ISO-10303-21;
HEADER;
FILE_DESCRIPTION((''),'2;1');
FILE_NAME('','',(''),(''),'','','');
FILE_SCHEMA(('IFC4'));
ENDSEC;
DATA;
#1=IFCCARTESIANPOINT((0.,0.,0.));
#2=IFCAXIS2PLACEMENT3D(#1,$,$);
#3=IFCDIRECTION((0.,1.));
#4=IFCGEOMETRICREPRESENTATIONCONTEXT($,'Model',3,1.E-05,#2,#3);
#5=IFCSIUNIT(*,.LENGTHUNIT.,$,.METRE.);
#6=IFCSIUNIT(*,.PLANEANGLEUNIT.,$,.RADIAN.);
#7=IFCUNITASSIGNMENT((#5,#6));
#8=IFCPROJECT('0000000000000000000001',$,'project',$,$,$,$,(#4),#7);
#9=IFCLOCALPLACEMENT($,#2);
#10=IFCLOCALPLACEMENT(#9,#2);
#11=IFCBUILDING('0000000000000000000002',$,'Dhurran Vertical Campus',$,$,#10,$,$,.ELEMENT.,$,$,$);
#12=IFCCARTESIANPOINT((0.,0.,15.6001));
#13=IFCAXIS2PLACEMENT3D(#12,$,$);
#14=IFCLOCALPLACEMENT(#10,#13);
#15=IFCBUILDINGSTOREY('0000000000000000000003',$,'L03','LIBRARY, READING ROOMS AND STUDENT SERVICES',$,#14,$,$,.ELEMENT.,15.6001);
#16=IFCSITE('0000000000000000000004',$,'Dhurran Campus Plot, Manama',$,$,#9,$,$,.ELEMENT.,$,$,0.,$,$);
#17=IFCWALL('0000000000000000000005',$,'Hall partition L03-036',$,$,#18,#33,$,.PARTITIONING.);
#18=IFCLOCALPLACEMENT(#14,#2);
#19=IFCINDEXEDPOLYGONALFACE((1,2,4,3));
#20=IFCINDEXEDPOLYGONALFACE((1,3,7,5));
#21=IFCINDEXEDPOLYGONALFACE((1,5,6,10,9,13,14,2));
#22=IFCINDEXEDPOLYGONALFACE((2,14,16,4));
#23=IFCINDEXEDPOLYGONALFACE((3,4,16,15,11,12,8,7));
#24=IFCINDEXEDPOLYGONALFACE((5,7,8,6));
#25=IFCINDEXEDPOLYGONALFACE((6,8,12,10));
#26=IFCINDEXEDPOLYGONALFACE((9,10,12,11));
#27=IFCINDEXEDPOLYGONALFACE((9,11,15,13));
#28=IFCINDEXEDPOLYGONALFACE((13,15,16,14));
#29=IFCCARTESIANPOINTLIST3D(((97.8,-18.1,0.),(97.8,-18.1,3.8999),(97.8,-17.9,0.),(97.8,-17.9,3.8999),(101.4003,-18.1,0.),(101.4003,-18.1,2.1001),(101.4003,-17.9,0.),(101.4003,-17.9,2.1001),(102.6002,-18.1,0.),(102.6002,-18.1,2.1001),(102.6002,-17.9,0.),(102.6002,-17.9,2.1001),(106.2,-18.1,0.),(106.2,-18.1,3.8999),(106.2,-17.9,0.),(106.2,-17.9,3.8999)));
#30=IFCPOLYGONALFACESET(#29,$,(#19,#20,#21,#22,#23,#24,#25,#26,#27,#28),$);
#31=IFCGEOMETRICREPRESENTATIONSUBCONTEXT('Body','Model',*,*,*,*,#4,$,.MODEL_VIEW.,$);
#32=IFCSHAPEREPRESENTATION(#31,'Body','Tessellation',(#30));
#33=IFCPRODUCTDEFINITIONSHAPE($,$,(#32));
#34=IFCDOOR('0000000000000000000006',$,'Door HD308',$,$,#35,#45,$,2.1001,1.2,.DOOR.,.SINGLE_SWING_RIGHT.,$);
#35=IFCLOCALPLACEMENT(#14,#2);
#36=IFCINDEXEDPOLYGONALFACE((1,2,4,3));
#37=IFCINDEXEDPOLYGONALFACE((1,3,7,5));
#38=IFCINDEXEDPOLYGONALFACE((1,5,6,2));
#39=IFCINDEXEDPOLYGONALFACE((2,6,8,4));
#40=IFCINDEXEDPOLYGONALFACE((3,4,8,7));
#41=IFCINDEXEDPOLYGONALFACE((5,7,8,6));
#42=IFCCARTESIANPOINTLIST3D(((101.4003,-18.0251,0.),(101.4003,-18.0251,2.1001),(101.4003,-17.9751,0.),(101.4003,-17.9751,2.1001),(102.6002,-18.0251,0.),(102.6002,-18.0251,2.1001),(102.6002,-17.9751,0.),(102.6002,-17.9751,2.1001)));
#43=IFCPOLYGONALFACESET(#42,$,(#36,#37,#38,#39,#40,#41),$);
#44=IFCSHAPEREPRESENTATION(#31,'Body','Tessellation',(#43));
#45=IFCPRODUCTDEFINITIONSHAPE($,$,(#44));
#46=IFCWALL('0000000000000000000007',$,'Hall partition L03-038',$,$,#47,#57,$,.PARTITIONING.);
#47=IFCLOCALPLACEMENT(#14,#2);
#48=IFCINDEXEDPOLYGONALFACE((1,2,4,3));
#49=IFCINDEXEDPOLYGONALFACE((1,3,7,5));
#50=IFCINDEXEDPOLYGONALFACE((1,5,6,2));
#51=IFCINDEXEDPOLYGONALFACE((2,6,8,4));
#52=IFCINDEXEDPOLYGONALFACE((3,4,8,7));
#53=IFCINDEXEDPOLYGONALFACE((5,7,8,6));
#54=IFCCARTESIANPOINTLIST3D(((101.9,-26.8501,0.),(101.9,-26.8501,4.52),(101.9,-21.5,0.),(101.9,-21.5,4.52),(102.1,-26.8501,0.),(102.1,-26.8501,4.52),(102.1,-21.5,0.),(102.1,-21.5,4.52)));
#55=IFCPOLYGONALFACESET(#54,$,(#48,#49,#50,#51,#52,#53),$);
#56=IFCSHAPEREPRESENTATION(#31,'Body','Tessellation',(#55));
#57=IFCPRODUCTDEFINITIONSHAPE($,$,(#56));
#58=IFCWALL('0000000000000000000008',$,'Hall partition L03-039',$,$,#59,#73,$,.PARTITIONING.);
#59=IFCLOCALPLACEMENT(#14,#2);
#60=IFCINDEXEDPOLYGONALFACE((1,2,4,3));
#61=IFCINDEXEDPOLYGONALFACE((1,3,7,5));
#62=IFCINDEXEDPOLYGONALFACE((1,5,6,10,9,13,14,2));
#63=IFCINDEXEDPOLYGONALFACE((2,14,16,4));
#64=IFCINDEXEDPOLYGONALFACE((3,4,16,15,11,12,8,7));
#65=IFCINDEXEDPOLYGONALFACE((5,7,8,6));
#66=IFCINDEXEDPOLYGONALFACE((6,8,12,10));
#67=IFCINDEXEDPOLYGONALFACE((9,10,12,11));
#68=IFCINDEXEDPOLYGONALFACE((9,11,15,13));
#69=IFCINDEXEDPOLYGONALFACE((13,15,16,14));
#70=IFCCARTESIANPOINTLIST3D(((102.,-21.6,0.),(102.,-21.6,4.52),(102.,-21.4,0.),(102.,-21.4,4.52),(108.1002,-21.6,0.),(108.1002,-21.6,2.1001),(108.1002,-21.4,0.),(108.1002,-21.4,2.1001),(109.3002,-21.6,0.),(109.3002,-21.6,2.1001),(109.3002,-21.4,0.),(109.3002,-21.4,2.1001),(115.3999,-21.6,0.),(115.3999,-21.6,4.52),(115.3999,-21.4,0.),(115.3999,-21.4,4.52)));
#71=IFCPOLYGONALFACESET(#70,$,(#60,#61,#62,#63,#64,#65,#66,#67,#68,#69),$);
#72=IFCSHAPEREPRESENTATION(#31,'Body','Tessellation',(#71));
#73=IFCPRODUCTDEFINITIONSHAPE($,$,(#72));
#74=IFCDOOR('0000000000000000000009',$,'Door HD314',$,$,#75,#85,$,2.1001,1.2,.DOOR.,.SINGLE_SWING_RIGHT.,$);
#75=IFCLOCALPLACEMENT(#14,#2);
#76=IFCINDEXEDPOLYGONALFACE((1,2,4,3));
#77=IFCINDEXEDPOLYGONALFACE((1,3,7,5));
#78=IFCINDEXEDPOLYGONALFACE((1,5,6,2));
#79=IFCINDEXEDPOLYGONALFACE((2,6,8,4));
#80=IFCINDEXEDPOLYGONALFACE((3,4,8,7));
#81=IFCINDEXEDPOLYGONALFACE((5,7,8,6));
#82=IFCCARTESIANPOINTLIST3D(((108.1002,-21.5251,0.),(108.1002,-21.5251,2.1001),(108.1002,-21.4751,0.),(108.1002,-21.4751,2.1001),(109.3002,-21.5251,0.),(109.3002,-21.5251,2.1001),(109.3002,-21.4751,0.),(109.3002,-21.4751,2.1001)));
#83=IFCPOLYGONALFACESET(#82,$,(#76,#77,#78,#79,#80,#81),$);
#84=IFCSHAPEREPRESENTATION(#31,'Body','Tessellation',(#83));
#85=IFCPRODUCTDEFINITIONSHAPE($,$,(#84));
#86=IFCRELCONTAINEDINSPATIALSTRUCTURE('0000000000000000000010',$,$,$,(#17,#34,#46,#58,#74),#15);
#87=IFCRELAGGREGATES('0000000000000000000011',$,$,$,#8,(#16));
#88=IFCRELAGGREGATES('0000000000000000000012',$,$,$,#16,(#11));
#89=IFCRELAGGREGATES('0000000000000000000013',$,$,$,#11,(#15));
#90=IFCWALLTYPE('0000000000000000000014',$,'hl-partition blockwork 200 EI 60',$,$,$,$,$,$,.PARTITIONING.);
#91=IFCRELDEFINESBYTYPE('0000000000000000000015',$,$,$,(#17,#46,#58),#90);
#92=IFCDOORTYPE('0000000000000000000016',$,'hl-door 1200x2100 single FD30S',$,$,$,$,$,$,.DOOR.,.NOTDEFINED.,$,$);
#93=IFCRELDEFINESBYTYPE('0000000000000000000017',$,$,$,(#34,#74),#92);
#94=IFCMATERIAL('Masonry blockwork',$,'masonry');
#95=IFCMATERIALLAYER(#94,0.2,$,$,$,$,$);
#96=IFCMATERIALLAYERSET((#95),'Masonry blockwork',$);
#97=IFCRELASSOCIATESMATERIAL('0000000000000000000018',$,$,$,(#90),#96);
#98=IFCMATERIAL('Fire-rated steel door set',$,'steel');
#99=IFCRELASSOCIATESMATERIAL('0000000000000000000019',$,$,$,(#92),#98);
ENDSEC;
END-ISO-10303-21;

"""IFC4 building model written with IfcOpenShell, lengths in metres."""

from ifc_helpers import new_model, si_unit, direction, frame, frame_2d, origin, place, context, subcontext, project, spatial, rectangle, extrude, material, layer, layer_set, type_object, element, fill, save


model = new_model("IFC4")

# Units and contexts
model_context = context("Model", 3, precision=1e-05, world=origin(), true_north=direction((0.0, 1.0)))
body_context = subcontext(model_context, "Body", "Model", "MODEL_VIEW")
ifc_project = project(units=[si_unit("LENGTHUNIT", "METRE"), si_unit("PLANEANGLEUNIT", "RADIAN")], contexts=[model_context])

# Site, building, storey
site_placement = place(None, origin())
site = spatial("IfcSite", under=ifc_project, at=site_placement, Name="Dhurran Campus Plot, Manama", CompositionType="ELEMENT", RefElevation=0.0)
building_placement = place(site_placement, origin())
building = spatial("IfcBuilding", under=site, at=building_placement, Name="Dhurran Vertical Campus", CompositionType="ELEMENT")
storey_placement = place(building_placement, frame((0.0, 0.0, 15.6001)))
storey = spatial("IfcBuildingStorey", under=building, at=storey_placement, Name="L03", Description="LIBRARY, READING ROOMS AND STUDENT SERVICES", CompositionType="ELEMENT", Elevation=15.6001)

# Shared definitions
ifc_material_1 = material(Name="Masonry blockwork", Category="masonry")
ifc_layer_1 = layer(ifc_material_1, 0.2)
ifc_layer_set_1 = layer_set([ifc_layer_1], Name="Masonry blockwork")
wall_type_1 = type_object("IfcWallType", Name="hl-partition blockwork 200 EI 60", PredefinedType="PARTITIONING", material=ifc_layer_set_1)

# Wall, opening, door
wall_1_placement = place(storey_placement, frame((97.8, -18.0, 0.0), z_axis=(0.0, 0.0, 1.0), x_axis=(1.0, 0.0, 0.0)))
wall_1 = element("IfcWall", 1, at=wall_1_placement, inside=storey, type_object=wall_type_1, Name="Hall partition L03-036", PredefinedType="PARTITIONING", context=body_context, shape_type="SweptSolid", body=[
    extrude(rectangle(XDim=8.3999, YDim=0.2, at=frame_2d((4.2, 0.0))), origin(), (0.0, 0.0, 1.0), 3.8999),
])
opening_1_placement = place(wall_1_placement, frame((3.6001, 0.0, 0.0)))
opening_1 = element("IfcOpeningElement", 2, at=opening_1_placement, cuts=wall_1, PredefinedType="OPENING", context=body_context, shape_type="SweptSolid", body=[
    extrude(rectangle(XDim=1.2, YDim=2.1001, at=frame_2d((0.6001, 1.05))), frame((0.0, 0.1099, 0.0), z_axis=(0.0, -1.0, 0.0), x_axis=(1.0, 0.0, 0.0)), (0.0, 0.0, 1.0), 0.22),
])
ifc_material_2 = material(Name="Fire-rated steel door set", Category="steel")
door_type_1 = type_object("IfcDoorType", Name="hl-door 1200x2100 single FD30S", OperationType="NOTDEFINED", PredefinedType="DOOR", material=ifc_material_2)
door_1_placement = place(opening_1_placement, origin())
door_1 = element("IfcDoor", 3, at=door_1_placement, inside=storey, type_object=door_type_1, Name="Door HD308", OperationType="SINGLE_SWING_RIGHT", OverallHeight=2.1001, OverallWidth=1.2, PredefinedType="DOOR", context=body_context, shape_type="SweptSolid", body=[
    extrude(rectangle(XDim=1.2, YDim=2.1001, at=frame_2d((0.6001, 1.05))), frame((0.0, 0.0249, 0.0), z_axis=(0.0, -1.0, 0.0), x_axis=(1.0, 0.0, 0.0)), (0.0, 0.0, 1.0), 0.05),
])
fill(opening_1, door_1)

# Wall
wall_2_placement = place(storey_placement, frame((102.0, -26.8501, 0.0), z_axis=(0.0, 0.0, 1.0), x_axis=(0.0, 1.0, 0.0)))
element("IfcWall", 4, at=wall_2_placement, inside=storey, type_object=wall_type_1, Name="Hall partition L03-038", PredefinedType="PARTITIONING", context=body_context, shape_type="SweptSolid", body=[
    extrude(rectangle(XDim=5.3501, YDim=0.2, at=frame_2d((2.675, 0.0))), origin(), (0.0, 0.0, 1.0), 4.52),
])

# Wall, opening, door
wall_3_placement = place(storey_placement, frame((102.0, -21.5, 0.0), z_axis=(0.0, 0.0, 1.0), x_axis=(1.0, 0.0, 0.0)))
wall_3 = element("IfcWall", 5, at=wall_3_placement, inside=storey, type_object=wall_type_1, Name="Hall partition L03-039", PredefinedType="PARTITIONING", context=body_context, shape_type="SweptSolid", body=[
    extrude(rectangle(XDim=13.3999, YDim=0.2, at=frame_2d((6.7, 0.0))), origin(), (0.0, 0.0, 1.0), 4.52),
])
opening_2_placement = place(wall_3_placement, frame((6.1001, 0.0, 0.0)))
opening_2 = element("IfcOpeningElement", 6, at=opening_2_placement, cuts=wall_3, PredefinedType="OPENING", context=body_context, shape_type="SweptSolid", body=[
    extrude(rectangle(XDim=1.2, YDim=2.1001, at=frame_2d((0.6001, 1.05))), frame((0.0, 0.1099, 0.0), z_axis=(0.0, -1.0, 0.0), x_axis=(1.0, 0.0, 0.0)), (0.0, 0.0, 1.0), 0.22),
])
door_2_placement = place(opening_2_placement, origin())
door_2 = element("IfcDoor", 7, at=door_2_placement, inside=storey, type_object=door_type_1, Name="Door HD314", OperationType="SINGLE_SWING_RIGHT", OverallHeight=2.1001, OverallWidth=1.2, PredefinedType="DOOR", context=body_context, shape_type="SweptSolid", body=[
    extrude(rectangle(XDim=1.2, YDim=2.1001, at=frame_2d((0.6001, 1.05))), frame((0.0, 0.0249, 0.0), z_axis=(0.0, -1.0, 0.0), x_axis=(1.0, 0.0, 0.0)), (0.0, 0.0, 1.0), 0.05),
])
fill(opening_2, door_2)

save(model, "model.ifc")
